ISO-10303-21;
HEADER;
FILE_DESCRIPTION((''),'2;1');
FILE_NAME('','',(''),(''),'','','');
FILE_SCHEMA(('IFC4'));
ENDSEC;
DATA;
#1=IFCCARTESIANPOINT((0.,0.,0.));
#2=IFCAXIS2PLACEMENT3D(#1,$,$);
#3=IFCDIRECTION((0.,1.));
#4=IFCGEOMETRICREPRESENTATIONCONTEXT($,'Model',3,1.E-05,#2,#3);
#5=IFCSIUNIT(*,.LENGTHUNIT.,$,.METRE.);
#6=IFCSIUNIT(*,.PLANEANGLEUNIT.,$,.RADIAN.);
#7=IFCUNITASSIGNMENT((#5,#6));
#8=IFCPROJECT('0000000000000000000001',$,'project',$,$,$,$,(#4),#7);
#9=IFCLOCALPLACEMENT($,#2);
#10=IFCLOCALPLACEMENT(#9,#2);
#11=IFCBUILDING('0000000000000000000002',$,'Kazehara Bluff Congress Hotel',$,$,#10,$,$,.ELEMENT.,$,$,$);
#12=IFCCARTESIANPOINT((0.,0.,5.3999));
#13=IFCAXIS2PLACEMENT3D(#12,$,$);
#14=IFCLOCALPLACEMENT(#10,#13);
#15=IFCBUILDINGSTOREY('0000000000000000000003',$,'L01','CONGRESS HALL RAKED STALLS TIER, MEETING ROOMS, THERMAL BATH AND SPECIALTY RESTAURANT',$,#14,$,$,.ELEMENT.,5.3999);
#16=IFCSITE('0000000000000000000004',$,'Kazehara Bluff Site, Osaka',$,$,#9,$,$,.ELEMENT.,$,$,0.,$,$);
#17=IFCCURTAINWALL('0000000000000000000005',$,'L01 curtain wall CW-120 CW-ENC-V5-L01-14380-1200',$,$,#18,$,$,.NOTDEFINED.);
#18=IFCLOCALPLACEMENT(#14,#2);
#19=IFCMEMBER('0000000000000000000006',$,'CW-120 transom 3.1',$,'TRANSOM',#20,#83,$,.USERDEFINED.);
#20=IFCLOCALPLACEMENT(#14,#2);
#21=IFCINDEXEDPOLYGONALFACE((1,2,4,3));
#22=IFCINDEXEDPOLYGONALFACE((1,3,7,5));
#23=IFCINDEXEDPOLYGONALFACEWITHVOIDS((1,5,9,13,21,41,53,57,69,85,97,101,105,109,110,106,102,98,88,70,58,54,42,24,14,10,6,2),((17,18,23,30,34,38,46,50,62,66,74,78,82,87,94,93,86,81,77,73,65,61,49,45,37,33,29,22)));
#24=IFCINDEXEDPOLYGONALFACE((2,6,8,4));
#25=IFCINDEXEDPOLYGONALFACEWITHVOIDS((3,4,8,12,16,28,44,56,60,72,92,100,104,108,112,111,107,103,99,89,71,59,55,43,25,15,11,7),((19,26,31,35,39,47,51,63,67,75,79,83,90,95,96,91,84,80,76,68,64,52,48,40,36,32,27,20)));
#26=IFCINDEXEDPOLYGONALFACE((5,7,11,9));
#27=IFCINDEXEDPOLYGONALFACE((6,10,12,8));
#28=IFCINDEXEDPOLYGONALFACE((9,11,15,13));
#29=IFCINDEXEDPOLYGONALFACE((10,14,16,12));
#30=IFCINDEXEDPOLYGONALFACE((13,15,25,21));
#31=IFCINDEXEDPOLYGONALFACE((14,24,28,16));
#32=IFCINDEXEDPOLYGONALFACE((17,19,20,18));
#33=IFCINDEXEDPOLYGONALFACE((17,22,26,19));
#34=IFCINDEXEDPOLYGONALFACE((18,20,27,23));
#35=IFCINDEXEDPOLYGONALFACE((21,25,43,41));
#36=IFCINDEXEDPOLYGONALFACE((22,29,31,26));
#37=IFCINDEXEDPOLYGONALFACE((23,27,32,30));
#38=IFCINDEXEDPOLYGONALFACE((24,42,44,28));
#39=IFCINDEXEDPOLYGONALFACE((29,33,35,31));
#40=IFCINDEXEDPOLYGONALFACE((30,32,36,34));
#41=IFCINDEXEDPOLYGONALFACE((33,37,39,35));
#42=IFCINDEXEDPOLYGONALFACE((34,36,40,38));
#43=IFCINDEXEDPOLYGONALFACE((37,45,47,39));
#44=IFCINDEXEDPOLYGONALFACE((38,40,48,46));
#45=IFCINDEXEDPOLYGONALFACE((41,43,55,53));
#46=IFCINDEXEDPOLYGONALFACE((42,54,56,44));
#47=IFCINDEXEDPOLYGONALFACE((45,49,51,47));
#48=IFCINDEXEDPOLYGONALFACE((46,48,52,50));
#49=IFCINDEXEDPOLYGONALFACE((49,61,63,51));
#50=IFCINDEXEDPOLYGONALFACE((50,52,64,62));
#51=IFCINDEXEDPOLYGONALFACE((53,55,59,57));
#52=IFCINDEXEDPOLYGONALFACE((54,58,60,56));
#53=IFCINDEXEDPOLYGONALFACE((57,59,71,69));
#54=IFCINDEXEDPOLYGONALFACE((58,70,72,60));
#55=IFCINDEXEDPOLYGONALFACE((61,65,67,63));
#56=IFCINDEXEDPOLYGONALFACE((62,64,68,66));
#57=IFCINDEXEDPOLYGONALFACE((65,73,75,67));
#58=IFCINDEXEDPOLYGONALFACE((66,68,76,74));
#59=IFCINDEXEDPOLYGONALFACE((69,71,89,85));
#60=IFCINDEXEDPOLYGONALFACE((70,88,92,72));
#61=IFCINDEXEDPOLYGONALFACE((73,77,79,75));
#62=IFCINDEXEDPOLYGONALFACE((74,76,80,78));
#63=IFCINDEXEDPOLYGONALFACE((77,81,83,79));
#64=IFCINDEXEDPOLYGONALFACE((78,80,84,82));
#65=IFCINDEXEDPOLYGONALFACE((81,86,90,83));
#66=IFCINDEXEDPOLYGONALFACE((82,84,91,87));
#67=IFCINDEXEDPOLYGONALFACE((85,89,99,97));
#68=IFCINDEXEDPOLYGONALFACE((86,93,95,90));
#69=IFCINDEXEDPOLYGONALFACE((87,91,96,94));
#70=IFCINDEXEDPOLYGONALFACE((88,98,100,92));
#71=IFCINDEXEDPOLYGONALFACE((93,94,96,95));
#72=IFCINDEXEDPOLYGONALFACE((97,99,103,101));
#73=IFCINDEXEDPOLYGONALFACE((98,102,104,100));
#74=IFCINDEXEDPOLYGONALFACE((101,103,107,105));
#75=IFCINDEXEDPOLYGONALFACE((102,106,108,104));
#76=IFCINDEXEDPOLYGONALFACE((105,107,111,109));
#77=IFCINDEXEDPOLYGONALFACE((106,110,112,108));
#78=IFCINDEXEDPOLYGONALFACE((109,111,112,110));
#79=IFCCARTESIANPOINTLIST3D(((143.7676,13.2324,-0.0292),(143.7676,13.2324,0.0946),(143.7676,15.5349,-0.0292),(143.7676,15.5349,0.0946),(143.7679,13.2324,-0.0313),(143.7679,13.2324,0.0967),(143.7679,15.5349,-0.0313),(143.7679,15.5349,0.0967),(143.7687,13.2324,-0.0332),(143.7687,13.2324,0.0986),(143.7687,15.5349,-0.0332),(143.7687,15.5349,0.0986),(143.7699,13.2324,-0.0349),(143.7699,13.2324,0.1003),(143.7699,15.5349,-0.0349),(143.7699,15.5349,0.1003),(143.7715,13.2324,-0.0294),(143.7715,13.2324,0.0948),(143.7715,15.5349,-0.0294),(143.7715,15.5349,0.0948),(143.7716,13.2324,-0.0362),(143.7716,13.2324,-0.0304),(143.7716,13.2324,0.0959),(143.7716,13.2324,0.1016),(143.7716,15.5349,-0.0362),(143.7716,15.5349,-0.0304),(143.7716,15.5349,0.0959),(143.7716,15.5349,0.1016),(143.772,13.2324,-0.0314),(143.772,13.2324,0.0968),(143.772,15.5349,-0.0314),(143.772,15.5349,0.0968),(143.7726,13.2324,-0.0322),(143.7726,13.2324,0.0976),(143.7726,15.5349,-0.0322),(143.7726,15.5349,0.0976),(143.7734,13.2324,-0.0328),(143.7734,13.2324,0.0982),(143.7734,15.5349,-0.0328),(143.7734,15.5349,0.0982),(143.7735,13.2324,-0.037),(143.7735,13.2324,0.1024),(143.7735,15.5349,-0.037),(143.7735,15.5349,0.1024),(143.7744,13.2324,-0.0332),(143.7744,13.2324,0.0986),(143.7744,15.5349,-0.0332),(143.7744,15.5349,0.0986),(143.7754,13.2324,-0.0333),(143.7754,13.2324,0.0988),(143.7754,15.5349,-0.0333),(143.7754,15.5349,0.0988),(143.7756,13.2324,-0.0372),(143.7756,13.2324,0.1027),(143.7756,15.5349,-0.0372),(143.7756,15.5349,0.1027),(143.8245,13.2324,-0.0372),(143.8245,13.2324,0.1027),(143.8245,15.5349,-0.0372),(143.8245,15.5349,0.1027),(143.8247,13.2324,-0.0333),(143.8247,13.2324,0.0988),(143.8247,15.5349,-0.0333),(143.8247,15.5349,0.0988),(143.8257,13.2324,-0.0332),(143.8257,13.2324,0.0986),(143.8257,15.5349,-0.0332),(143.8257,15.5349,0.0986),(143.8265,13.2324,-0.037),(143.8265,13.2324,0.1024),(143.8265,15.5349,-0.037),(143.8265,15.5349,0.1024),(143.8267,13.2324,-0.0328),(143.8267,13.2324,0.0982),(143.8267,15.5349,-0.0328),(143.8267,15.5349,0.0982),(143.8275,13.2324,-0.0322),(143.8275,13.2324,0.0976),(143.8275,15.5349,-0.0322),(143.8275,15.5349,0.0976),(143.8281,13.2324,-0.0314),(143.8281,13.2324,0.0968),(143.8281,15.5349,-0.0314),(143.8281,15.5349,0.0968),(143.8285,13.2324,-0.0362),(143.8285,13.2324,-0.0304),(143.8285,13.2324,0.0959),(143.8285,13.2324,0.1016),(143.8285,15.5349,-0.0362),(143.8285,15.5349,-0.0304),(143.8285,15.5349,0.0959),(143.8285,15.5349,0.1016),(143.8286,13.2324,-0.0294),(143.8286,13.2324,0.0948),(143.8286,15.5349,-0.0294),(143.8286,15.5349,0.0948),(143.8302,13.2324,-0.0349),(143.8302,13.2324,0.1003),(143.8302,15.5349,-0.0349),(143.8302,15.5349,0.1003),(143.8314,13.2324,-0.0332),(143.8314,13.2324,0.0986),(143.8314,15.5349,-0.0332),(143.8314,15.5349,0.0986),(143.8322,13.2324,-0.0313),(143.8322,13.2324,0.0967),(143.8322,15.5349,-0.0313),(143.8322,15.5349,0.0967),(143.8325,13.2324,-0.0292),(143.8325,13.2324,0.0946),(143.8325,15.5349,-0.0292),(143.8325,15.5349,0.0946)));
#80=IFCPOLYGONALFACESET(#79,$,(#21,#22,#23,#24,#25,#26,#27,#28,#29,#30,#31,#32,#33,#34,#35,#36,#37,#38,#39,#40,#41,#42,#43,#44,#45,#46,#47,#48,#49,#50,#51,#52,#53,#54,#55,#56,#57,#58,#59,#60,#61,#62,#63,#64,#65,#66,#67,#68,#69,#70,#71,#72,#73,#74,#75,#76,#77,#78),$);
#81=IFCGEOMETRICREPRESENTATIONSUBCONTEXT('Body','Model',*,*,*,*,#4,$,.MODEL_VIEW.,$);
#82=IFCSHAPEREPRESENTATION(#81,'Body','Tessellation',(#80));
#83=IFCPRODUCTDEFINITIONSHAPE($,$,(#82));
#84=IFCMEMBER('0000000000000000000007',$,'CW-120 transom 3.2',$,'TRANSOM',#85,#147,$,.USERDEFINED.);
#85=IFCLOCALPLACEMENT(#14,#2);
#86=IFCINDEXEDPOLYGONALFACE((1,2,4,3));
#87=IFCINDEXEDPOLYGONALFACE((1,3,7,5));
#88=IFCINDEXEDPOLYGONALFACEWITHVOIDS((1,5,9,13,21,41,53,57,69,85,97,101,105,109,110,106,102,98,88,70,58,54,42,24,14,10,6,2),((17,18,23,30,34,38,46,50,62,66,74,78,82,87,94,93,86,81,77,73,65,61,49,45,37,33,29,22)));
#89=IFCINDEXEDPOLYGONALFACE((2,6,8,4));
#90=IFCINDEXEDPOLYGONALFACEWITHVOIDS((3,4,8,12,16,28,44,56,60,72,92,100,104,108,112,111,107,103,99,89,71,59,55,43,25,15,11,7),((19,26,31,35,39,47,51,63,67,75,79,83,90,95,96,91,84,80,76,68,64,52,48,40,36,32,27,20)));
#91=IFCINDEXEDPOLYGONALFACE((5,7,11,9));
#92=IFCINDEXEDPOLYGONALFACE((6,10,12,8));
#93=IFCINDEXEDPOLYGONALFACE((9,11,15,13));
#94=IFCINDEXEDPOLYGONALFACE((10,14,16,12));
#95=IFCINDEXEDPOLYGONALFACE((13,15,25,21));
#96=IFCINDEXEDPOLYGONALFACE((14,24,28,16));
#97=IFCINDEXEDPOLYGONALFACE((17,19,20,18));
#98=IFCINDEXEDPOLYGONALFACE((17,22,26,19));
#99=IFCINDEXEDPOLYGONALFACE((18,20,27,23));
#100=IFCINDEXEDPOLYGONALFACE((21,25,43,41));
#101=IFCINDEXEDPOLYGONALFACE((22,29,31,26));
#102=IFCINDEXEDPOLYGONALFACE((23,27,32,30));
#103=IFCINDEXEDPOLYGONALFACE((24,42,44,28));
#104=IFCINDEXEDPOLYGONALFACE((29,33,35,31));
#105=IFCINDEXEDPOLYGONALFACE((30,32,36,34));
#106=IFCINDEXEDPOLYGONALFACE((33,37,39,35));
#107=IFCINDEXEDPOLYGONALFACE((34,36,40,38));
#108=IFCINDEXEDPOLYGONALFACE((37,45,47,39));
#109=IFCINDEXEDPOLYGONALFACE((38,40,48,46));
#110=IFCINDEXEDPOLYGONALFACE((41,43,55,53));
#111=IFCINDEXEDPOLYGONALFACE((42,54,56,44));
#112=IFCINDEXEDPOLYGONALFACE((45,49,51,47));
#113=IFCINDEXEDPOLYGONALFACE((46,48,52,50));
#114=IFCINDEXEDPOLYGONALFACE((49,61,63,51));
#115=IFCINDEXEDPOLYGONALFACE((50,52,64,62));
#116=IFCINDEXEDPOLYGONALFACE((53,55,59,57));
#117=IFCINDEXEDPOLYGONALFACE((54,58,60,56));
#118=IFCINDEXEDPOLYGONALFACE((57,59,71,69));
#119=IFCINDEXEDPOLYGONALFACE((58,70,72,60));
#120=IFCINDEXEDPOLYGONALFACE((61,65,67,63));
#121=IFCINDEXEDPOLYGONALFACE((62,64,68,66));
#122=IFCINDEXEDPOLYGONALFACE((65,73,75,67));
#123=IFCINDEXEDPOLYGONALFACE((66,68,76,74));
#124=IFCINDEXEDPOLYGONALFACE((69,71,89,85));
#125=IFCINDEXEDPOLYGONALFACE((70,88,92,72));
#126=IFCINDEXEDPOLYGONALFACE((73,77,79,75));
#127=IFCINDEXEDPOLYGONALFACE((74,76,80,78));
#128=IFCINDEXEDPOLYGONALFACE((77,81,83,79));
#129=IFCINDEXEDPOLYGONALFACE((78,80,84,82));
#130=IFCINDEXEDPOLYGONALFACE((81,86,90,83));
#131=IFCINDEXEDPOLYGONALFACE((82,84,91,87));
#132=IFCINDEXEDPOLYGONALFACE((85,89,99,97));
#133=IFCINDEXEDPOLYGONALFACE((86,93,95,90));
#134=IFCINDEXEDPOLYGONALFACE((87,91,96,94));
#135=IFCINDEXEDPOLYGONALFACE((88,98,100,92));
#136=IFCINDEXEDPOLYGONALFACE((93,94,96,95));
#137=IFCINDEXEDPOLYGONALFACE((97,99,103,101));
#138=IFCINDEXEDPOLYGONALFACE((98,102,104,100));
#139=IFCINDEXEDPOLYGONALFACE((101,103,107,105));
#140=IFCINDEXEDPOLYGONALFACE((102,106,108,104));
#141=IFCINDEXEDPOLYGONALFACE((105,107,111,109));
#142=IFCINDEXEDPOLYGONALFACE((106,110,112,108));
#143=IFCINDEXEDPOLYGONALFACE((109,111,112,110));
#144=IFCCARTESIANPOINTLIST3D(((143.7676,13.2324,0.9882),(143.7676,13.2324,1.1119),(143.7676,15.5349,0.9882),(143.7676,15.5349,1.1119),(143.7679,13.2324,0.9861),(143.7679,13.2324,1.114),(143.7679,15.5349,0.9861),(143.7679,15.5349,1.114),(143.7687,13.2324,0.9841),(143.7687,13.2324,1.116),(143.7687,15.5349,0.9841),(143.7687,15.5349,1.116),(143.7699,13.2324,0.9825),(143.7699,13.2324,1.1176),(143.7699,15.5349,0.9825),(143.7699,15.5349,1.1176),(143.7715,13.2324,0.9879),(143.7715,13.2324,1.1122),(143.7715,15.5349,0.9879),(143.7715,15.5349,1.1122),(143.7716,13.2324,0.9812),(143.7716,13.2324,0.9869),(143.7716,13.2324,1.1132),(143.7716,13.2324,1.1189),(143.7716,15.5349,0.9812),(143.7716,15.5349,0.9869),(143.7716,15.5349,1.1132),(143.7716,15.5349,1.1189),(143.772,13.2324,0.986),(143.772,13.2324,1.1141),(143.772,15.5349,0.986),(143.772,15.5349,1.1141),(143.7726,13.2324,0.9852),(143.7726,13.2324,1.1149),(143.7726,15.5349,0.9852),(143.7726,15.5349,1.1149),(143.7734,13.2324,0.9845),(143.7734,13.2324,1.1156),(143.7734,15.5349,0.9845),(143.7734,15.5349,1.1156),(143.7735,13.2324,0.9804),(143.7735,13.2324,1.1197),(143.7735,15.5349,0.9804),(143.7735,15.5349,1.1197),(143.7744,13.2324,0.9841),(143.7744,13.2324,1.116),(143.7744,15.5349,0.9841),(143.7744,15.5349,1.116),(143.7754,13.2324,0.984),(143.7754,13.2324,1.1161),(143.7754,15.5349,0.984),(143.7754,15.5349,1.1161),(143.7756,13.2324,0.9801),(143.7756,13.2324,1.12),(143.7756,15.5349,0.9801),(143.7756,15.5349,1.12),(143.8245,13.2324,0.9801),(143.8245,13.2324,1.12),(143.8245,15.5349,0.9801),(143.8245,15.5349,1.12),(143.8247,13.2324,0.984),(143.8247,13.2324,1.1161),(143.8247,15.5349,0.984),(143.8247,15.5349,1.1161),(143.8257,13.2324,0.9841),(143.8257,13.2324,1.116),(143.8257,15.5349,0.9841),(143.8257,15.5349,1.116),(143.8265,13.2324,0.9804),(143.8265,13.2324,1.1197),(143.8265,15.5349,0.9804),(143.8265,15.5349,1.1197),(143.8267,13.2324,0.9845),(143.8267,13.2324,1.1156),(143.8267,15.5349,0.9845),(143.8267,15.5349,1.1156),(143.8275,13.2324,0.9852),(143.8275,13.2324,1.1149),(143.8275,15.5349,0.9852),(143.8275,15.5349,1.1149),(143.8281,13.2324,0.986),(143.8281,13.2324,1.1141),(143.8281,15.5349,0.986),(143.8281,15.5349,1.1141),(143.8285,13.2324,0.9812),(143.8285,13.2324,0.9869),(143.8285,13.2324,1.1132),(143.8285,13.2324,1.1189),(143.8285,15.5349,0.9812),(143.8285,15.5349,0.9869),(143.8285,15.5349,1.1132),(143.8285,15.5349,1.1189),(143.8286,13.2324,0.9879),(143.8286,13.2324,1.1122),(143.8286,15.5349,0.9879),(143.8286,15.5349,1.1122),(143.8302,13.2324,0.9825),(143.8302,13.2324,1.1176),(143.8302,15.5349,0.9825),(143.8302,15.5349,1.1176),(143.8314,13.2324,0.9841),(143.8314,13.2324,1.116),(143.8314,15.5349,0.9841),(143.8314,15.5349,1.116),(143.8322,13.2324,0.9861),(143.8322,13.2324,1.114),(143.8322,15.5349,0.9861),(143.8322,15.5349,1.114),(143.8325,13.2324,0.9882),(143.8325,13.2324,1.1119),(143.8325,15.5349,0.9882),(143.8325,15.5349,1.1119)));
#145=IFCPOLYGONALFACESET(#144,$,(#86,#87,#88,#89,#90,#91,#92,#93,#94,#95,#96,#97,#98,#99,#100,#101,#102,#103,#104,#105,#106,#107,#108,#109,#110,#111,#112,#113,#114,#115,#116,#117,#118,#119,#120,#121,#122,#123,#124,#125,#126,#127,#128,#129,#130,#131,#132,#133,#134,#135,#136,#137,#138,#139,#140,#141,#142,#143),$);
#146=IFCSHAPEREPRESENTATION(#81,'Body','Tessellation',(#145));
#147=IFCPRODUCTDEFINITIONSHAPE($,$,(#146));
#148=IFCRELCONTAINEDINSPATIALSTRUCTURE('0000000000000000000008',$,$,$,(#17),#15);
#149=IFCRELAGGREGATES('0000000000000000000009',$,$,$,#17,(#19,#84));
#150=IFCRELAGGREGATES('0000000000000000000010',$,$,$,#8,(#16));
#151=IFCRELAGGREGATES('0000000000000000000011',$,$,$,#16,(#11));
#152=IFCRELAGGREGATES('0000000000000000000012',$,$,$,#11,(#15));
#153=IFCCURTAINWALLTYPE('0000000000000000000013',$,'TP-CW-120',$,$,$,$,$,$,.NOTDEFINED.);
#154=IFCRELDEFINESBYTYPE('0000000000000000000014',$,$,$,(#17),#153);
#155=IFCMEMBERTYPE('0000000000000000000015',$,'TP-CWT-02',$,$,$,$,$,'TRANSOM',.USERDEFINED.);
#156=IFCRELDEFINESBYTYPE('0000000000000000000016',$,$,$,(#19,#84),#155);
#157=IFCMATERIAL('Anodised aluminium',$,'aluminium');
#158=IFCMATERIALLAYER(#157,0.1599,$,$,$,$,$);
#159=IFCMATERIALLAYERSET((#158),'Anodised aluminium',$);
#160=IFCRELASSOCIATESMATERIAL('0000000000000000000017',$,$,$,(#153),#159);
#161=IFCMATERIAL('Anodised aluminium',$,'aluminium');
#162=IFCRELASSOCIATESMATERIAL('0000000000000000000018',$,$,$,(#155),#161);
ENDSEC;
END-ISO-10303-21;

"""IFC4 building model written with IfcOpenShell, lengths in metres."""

from ifc_helpers import new_model, si_unit, direction, frame, origin, origin_2d, place, context, subcontext, project, spatial, hollow_rectangle, extrude, material, layer, layer_set, material_profile, profile_set, type_object, element, aggregate, save


model = new_model("IFC4")

# Units and contexts
model_context = context("Model", 3, precision=1e-05, world=origin(), true_north=direction((0.0, 1.0)))
body_context = subcontext(model_context, "Body", "Model", "MODEL_VIEW")
ifc_project = project(units=[si_unit("LENGTHUNIT", "METRE"), si_unit("PLANEANGLEUNIT", "RADIAN")], contexts=[model_context])

# Site, building, storey
site_placement = place(None, origin())
site = spatial("IfcSite", under=ifc_project, at=site_placement, Name="Kazehara Bluff Site, Osaka", CompositionType="ELEMENT", RefElevation=0.0)
building_placement = place(site_placement, origin())
building = spatial("IfcBuilding", under=site, at=building_placement, Name="Kazehara Bluff Congress Hotel", CompositionType="ELEMENT")
storey_placement = place(building_placement, frame((0.0, 0.0, 5.3999)))
storey = spatial("IfcBuildingStorey", under=building, at=storey_placement, Name="L01", Description="CONGRESS HALL RAKED STALLS TIER, MEETING ROOMS, THERMAL BATH AND SPECIALTY RESTAURANT", CompositionType="ELEMENT", Elevation=5.3999)

# Curtain wall
ifc_material_1 = material(Name="Anodised aluminium", Category="aluminium")
ifc_layer_1 = layer(ifc_material_1, 0.1599)
ifc_layer_set_1 = layer_set([ifc_layer_1], Name="Anodised aluminium")
curtain_wall_type_1 = type_object("IfcCurtainWallType", Name="TP-CW-120", PredefinedType="NOTDEFINED", material=ifc_layer_set_1)
curtain_wall_1_placement = place(storey_placement, origin())
curtain_wall_1 = element("IfcCurtainWall", 1, at=curtain_wall_1_placement, inside=storey, type_object=curtain_wall_type_1, Name="L01 curtain wall CW-120 CW-ENC-V5-L01-14380-1200", PredefinedType="NOTDEFINED")

# Members
ifc_material_2 = material(Name="Anodised aluminium", Category="aluminium")
ifc_material_profile_1 = material_profile(ifc_material_2, hollow_rectangle(XDim=0.0649, YDim=0.1399, WallThickness=0.0039, InnerFilletRadius=0.0039, OuterFilletRadius=0.0081, at=origin_2d()))
ifc_profile_set_1 = profile_set([ifc_material_profile_1], Name="Anodised aluminium")
member_type_1 = type_object("IfcMemberType", Name="TP-CWT-02", ElementType="TRANSOM", PredefinedType="USERDEFINED", material=ifc_profile_set_1)
member_1_placement = place(storey_placement, frame((143.8, 13.2324, 0.0327), z_axis=(0.0, 1.0, 0.0), x_axis=(-1.0, 0.0, 0.0)))
member_1 = element("IfcMember", 2, at=member_1_placement, type_object=member_type_1, Name="CW-120 transom 3.1", ObjectType="TRANSOM", PredefinedType="USERDEFINED", context=body_context, shape_type="SweptSolid", body=[
    extrude(hollow_rectangle(XDim=0.0649, YDim=0.1399, WallThickness=0.0039, InnerFilletRadius=0.0039, OuterFilletRadius=0.0081, at=origin_2d()), origin(), (0.0, 0.0, 1.0), 2.3025),
])
member_2_placement = place(storey_placement, frame((143.8, 13.2324, 1.05), z_axis=(0.0, 1.0, 0.0), x_axis=(-1.0, 0.0, 0.0)))
member_2 = element("IfcMember", 3, at=member_2_placement, type_object=member_type_1, Name="CW-120 transom 3.2", ObjectType="TRANSOM", PredefinedType="USERDEFINED", context=body_context, shape_type="SweptSolid", body=[
    extrude(hollow_rectangle(XDim=0.0649, YDim=0.1399, WallThickness=0.0039, InnerFilletRadius=0.0039, OuterFilletRadius=0.0081, at=origin_2d()), origin(), (0.0, 0.0, 1.0), 2.3025),
])

aggregate(curtain_wall_1, [member_1, member_2])

save(model, "model.ifc")
